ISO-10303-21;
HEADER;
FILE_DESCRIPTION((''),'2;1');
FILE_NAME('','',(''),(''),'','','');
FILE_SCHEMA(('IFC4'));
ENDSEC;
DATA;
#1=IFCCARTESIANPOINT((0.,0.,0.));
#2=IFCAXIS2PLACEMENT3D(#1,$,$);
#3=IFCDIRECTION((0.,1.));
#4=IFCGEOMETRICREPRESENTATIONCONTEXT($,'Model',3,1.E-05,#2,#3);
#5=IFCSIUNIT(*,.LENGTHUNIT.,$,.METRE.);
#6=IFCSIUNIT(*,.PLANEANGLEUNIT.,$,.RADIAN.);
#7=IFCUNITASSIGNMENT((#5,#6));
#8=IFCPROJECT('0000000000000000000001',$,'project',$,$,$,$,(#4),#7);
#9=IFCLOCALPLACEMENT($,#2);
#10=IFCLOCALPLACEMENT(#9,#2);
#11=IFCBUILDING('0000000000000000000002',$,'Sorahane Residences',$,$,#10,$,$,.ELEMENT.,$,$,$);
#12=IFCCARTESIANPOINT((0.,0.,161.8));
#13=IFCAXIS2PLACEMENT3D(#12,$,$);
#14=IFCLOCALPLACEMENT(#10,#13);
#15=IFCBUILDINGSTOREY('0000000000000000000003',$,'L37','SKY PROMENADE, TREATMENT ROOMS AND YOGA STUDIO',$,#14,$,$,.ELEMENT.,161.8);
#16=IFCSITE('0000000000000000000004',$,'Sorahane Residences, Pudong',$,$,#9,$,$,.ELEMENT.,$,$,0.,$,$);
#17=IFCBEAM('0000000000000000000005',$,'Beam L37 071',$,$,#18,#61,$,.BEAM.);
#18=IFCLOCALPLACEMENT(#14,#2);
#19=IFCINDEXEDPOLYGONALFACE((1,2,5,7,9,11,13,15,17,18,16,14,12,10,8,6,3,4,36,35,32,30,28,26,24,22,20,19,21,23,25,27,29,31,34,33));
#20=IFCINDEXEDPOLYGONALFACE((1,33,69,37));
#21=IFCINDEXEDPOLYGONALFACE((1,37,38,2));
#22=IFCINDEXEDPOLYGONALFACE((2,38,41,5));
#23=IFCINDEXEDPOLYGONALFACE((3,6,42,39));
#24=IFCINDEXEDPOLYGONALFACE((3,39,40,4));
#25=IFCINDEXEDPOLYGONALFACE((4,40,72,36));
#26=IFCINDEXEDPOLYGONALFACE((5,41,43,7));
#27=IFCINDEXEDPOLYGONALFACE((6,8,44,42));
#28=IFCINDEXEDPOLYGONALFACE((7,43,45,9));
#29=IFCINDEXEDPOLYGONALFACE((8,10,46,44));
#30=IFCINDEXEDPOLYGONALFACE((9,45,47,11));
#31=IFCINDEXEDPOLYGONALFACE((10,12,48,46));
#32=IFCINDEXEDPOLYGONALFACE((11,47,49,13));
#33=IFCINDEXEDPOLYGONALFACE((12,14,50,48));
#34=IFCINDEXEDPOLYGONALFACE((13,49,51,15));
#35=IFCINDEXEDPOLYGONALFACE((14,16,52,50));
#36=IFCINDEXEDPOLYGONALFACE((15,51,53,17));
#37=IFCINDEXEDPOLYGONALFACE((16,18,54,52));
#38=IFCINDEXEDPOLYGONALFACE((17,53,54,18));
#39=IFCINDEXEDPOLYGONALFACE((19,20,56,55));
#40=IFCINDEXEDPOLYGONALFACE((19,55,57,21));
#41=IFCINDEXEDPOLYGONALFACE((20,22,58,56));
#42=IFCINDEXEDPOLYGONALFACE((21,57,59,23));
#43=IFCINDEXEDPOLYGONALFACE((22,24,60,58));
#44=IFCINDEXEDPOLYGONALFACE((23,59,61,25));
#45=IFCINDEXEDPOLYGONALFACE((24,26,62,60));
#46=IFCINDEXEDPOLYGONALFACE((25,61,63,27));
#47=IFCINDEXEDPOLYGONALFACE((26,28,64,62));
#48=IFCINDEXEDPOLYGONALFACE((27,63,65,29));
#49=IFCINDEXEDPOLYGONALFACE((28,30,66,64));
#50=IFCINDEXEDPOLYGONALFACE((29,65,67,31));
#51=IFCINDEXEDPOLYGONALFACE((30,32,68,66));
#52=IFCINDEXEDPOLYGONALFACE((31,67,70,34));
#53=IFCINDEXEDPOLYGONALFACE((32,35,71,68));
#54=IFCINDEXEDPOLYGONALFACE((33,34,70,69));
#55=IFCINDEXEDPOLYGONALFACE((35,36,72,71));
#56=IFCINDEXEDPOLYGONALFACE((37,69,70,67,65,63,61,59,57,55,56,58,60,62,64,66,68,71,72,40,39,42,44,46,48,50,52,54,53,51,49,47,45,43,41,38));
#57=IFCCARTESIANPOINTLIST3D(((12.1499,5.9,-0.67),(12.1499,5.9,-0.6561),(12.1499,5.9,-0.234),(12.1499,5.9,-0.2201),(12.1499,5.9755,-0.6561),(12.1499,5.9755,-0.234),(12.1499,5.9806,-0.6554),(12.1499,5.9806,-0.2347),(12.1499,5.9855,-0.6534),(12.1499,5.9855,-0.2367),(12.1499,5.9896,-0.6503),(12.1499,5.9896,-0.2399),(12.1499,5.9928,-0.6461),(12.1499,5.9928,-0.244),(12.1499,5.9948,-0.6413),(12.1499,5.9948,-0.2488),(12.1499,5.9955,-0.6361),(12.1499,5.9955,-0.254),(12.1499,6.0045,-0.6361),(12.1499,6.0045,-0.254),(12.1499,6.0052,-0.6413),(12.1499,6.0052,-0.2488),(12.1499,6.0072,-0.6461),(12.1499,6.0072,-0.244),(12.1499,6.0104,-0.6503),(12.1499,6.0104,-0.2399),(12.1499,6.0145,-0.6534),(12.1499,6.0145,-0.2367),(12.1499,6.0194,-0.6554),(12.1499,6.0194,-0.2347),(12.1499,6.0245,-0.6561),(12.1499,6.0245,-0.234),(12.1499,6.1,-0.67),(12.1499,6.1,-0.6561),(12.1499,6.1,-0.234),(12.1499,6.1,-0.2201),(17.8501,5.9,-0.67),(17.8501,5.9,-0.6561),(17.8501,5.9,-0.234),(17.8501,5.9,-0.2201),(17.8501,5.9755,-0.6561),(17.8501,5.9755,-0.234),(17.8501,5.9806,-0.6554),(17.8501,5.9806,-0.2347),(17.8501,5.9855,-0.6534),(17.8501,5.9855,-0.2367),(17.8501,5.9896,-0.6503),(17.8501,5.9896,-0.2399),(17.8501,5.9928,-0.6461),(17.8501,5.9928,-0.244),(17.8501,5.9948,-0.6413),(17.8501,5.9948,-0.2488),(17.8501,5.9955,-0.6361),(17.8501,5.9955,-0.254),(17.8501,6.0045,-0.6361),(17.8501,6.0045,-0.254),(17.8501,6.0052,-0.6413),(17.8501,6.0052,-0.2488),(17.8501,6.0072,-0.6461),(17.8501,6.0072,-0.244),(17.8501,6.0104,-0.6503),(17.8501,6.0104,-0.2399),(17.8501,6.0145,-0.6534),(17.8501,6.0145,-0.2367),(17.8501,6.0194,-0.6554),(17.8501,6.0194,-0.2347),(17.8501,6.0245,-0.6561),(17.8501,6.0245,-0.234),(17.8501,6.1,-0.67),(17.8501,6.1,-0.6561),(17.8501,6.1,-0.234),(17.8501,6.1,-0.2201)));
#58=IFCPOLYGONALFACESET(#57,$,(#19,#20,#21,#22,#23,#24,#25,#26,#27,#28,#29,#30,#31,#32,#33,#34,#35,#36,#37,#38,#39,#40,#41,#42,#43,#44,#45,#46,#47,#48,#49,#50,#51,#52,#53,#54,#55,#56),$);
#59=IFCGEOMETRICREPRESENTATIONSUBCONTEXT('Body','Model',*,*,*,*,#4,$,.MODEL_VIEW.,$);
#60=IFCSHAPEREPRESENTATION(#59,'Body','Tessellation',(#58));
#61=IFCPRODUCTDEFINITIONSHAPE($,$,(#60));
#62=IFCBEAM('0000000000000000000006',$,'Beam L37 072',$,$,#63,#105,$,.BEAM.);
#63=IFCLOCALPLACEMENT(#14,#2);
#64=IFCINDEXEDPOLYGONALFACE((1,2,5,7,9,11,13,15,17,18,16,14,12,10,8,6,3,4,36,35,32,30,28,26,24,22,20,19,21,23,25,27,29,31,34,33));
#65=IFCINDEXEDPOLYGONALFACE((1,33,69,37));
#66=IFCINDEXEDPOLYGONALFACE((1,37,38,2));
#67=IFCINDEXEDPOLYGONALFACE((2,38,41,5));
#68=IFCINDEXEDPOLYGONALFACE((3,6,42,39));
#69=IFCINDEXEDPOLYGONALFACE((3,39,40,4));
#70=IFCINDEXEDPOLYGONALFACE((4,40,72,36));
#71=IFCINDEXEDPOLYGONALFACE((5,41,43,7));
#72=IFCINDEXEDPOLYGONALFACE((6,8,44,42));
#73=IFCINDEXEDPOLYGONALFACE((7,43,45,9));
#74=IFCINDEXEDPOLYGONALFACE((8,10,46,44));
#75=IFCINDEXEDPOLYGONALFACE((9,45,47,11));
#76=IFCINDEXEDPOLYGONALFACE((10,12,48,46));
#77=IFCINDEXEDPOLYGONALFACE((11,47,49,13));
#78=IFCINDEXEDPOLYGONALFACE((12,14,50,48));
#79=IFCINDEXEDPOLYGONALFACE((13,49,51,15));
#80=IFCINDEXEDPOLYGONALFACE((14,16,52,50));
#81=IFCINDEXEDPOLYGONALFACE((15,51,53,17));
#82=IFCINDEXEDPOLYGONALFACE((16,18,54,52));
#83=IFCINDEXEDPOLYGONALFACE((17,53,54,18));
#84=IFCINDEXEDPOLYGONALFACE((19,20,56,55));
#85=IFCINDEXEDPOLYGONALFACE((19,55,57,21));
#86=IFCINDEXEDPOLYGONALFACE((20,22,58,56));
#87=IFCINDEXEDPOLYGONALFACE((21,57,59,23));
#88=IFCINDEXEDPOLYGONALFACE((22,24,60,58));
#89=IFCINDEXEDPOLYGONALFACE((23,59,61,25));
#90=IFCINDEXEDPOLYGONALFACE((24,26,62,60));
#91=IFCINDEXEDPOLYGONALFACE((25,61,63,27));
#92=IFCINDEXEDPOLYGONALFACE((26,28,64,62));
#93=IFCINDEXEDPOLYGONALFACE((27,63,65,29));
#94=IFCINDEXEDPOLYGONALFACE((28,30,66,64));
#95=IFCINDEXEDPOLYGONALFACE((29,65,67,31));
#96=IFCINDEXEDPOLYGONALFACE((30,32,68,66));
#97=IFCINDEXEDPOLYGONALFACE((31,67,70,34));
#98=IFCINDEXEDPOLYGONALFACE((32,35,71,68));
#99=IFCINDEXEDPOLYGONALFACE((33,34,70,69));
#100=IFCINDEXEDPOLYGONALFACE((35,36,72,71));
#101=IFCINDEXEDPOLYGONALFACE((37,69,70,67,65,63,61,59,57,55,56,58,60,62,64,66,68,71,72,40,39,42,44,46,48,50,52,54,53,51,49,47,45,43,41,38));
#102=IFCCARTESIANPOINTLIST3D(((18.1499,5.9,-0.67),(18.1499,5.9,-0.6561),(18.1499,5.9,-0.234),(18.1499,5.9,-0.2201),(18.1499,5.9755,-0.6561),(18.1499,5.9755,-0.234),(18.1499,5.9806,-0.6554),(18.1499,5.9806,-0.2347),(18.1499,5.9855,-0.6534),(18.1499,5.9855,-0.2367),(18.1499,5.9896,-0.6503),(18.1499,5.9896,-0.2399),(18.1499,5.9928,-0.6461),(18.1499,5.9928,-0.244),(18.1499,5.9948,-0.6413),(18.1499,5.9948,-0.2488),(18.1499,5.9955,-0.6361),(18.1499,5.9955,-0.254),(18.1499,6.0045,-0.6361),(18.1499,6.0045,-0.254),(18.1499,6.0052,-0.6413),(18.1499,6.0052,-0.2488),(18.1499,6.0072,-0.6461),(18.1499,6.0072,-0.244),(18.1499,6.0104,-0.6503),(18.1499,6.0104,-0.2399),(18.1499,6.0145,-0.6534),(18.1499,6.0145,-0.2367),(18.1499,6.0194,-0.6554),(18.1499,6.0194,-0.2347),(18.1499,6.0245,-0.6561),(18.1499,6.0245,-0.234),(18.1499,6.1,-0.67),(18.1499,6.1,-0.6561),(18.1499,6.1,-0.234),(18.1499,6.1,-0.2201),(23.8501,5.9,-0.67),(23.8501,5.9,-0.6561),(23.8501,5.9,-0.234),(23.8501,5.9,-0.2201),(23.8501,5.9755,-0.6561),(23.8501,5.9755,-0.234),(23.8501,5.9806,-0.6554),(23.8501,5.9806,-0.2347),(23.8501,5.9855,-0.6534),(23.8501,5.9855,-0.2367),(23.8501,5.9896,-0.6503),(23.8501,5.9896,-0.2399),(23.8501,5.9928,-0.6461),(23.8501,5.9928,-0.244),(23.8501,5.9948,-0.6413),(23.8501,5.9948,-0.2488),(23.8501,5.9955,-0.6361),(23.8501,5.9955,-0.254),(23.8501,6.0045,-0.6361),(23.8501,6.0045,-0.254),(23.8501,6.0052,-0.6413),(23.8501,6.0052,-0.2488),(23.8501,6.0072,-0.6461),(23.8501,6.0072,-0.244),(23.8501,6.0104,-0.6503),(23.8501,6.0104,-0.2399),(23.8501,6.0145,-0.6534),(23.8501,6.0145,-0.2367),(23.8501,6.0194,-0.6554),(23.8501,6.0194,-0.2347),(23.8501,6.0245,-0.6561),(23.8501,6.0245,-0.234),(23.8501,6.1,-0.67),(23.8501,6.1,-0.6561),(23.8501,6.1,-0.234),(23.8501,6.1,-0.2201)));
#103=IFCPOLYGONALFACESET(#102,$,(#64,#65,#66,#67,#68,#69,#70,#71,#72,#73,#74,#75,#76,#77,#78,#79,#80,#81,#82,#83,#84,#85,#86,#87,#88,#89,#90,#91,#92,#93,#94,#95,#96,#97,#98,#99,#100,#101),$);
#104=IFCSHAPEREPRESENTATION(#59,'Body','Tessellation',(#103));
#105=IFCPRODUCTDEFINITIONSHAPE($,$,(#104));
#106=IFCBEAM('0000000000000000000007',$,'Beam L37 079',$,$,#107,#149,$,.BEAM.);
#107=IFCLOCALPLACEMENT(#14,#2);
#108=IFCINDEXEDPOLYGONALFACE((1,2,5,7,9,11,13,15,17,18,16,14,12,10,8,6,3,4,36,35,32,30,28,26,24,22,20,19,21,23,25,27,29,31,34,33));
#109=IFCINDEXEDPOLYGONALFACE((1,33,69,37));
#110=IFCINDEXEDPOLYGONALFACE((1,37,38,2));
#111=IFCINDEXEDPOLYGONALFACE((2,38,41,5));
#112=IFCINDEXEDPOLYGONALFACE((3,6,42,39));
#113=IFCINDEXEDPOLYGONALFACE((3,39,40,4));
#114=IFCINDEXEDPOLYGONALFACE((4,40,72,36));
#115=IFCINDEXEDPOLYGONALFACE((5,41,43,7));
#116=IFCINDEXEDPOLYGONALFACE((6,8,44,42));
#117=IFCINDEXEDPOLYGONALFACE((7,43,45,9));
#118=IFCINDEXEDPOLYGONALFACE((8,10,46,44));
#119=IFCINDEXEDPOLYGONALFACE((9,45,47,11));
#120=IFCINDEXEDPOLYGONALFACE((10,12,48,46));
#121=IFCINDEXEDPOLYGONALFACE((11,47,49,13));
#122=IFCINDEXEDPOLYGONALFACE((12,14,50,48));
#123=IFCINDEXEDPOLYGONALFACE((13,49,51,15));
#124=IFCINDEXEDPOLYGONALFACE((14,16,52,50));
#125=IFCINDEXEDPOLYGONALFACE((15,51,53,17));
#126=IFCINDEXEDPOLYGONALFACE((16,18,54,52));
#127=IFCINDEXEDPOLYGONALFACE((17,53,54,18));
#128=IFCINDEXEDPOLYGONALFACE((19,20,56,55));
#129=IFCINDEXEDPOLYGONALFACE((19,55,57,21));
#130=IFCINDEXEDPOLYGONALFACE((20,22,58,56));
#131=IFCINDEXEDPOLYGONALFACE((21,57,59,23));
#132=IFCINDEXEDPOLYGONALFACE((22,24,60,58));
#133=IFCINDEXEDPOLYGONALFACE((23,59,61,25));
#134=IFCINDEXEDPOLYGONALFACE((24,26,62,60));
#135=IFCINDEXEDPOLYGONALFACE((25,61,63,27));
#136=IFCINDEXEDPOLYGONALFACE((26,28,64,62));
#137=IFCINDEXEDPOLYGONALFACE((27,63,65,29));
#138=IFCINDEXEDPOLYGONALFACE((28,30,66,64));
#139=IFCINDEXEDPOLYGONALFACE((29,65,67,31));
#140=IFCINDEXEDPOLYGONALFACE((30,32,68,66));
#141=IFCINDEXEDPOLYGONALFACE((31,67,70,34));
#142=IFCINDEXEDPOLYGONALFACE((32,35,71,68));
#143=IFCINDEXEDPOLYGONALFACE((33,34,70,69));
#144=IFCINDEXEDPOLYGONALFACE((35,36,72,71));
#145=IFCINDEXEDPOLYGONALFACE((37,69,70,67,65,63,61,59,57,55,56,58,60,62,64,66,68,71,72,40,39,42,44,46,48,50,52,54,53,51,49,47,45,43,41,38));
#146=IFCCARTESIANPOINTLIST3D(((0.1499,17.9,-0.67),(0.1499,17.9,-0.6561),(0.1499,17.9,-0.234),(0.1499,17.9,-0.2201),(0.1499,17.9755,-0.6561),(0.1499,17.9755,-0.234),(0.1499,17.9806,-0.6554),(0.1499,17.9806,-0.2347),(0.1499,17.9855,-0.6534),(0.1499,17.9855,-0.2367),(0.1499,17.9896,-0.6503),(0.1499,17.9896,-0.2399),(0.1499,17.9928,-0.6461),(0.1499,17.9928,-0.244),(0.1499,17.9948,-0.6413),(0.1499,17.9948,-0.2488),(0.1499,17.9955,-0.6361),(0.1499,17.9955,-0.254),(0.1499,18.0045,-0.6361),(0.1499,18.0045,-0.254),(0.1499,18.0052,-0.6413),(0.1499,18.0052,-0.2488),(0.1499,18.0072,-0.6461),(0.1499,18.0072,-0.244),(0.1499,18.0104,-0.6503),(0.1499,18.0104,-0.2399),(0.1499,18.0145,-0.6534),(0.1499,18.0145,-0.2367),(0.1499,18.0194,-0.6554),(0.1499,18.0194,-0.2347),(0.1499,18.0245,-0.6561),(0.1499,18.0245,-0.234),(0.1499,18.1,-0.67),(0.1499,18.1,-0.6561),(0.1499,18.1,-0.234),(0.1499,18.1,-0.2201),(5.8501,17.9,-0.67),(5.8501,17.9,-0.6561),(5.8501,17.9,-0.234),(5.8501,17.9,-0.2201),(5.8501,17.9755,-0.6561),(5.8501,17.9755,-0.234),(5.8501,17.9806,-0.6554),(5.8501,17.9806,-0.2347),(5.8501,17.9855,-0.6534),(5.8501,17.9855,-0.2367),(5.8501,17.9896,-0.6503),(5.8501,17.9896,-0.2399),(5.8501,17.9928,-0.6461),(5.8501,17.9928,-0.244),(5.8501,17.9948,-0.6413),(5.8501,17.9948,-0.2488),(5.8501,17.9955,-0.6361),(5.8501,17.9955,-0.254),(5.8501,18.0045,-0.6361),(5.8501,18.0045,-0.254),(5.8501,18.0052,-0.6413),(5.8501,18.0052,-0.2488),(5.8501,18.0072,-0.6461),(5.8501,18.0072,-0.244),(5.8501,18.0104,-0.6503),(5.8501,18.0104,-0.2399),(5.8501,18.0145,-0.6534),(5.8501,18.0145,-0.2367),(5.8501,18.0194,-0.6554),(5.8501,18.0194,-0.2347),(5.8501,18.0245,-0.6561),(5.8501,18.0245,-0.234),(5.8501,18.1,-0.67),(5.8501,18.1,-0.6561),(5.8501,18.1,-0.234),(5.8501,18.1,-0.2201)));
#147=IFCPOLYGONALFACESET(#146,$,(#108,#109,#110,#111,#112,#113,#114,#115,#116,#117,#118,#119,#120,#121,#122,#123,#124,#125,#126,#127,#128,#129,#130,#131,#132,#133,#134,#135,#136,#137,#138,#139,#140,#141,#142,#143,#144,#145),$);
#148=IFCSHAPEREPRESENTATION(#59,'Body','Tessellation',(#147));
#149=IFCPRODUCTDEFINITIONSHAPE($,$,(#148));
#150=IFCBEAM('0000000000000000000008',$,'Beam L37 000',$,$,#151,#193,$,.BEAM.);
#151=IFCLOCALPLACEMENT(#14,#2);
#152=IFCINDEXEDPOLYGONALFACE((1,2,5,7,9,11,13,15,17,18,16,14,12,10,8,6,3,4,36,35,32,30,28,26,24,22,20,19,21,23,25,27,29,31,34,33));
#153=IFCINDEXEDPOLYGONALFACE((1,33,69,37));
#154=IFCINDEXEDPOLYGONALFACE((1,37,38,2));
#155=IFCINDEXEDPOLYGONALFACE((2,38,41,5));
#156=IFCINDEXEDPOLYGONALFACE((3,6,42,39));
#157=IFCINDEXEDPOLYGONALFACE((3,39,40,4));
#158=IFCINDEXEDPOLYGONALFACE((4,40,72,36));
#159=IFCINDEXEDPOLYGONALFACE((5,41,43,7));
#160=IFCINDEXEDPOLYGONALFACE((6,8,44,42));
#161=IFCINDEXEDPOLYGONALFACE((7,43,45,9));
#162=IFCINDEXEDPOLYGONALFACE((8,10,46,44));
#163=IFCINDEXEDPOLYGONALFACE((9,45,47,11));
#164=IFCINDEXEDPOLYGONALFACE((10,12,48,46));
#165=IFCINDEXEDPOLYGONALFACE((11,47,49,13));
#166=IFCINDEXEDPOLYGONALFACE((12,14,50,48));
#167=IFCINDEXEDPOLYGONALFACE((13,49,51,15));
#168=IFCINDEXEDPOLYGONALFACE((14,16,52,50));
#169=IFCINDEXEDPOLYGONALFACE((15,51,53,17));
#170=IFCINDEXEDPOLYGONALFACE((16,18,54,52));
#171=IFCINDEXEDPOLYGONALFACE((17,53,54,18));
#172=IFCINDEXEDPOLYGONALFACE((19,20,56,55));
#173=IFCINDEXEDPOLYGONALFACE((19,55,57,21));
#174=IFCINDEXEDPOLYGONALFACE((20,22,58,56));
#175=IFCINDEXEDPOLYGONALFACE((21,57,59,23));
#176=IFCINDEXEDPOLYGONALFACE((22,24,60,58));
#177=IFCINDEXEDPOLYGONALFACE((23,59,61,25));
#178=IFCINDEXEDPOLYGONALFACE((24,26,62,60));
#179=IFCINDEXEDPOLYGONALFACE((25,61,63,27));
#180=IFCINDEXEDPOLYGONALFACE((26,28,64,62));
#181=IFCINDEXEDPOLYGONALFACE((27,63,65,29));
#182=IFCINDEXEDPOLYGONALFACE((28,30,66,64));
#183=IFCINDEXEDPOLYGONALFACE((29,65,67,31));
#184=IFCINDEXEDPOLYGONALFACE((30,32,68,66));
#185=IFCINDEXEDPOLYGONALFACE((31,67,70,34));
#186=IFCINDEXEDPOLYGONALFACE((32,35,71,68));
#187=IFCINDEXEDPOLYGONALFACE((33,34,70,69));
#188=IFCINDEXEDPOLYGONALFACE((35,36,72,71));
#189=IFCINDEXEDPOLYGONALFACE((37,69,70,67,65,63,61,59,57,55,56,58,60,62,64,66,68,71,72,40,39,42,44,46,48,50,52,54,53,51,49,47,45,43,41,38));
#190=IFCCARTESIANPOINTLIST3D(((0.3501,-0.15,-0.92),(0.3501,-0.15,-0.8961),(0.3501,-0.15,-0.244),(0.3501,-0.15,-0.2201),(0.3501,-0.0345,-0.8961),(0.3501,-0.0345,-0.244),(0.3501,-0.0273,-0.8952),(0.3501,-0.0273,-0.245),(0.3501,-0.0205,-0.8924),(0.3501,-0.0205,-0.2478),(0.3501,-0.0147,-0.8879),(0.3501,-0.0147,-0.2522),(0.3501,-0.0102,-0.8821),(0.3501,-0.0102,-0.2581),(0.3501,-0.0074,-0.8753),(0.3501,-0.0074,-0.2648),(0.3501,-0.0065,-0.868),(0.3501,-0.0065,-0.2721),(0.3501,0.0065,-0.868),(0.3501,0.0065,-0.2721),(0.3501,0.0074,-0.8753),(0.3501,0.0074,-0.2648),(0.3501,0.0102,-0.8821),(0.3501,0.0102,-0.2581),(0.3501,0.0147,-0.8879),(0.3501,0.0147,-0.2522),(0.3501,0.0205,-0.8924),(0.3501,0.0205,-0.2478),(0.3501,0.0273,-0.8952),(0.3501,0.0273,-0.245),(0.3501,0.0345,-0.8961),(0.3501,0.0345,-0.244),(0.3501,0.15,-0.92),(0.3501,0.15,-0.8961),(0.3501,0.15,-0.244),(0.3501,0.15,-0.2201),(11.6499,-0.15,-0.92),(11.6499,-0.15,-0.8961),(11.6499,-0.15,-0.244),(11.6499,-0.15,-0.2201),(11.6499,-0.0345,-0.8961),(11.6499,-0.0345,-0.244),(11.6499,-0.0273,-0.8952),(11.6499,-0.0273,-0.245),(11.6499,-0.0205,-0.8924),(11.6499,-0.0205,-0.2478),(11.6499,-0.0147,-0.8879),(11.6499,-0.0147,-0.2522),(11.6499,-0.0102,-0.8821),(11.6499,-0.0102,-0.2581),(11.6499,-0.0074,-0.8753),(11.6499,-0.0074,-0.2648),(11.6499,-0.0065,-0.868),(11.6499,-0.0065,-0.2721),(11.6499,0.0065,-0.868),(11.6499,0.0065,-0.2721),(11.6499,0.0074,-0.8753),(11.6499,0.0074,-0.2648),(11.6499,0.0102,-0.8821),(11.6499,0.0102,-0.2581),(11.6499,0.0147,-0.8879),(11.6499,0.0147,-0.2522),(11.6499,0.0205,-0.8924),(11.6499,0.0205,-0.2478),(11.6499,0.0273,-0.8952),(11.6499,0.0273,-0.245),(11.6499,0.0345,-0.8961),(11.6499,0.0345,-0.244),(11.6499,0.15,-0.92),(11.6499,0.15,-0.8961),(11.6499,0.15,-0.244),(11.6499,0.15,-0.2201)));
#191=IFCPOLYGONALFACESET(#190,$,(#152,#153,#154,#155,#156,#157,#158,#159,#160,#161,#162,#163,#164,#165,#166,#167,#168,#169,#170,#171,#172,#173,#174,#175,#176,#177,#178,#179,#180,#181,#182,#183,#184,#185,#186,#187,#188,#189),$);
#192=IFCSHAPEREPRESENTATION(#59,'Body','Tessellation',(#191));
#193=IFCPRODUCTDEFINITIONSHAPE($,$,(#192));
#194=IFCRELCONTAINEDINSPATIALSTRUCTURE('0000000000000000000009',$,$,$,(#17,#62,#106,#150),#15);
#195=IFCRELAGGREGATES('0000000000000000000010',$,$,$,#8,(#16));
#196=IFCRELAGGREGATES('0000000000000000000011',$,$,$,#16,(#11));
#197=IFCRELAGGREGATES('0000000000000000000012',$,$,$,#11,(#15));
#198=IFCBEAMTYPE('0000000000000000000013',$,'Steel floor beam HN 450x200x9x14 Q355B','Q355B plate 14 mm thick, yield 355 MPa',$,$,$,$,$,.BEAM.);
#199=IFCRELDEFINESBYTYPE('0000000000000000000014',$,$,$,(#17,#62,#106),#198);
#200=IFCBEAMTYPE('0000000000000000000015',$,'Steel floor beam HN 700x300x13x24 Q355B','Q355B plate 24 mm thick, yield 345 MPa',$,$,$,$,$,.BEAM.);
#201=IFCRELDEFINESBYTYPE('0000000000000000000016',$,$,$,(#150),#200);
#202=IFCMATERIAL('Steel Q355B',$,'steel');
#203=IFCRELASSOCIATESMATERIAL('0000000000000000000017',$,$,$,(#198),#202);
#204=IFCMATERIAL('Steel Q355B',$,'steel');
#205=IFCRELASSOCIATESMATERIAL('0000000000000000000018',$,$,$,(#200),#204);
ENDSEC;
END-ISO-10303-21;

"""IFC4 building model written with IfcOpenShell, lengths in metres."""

from ifc_helpers import new_model, si_unit, direction, frame, origin, origin_2d, place, context, subcontext, project, spatial, i_section, extrude, material, material_profile, profile_set, type_object, element, save


model = new_model("IFC4")

# Units and contexts
model_context = context("Model", 3, precision=1e-05, world=origin(), true_north=direction((0.0, 1.0)))
body_context = subcontext(model_context, "Body", "Model", "MODEL_VIEW")
ifc_project = project(units=[si_unit("LENGTHUNIT", "METRE"), si_unit("PLANEANGLEUNIT", "RADIAN")], contexts=[model_context])

# Site, building, storey
site_placement = place(None, origin())
site = spatial("IfcSite", under=ifc_project, at=site_placement, Name="Sorahane Residences, Pudong", CompositionType="ELEMENT", RefElevation=0.0)
building_placement = place(site_placement, origin())
building = spatial("IfcBuilding", under=site, at=building_placement, Name="Sorahane Residences", CompositionType="ELEMENT")
storey_placement = place(building_placement, frame((0.0, 0.0, 161.8)))
storey = spatial("IfcBuildingStorey", under=building, at=storey_placement, Name="L37", Description="SKY PROMENADE, TREATMENT ROOMS AND YOGA STUDIO", CompositionType="ELEMENT", Elevation=161.8)

# Beams
ifc_material_1 = material(Name="Steel Q355B", Category="steel")
ifc_material_profile_1 = material_profile(ifc_material_1, i_section(OverallWidth=0.2, OverallDepth=0.45, WebThickness=0.009, FlangeThickness=0.0139, FilletRadius=0.02, at=origin_2d()), Name="HN 450x200x9x14")
ifc_profile_set_1 = profile_set([ifc_material_profile_1], Name="Steel Q355B")
beam_type_1 = type_object("IfcBeamType", Name="Steel floor beam HN 450x200x9x14 Q355B", Description="Q355B plate 14 mm thick, yield 355 MPa", PredefinedType="BEAM", material=ifc_profile_set_1)
for number, where, z_axis, x_axis, name in (
    (1, (12.1499, 6.0, -0.4451), (1.0, 0.0, 0.0), (0.0, 1.0, 0.0), "Beam L37 071"),
    (2, (18.1499, 6.0, -0.4451), (1.0, 0.0, 0.0), (0.0, 1.0, 0.0), "Beam L37 072"),
    (3, (0.1499, 18.0, -0.4451), (1.0, 0.0, 0.0), (0.0, 1.0, 0.0), "Beam L37 079"),
):
    element("IfcBeam", number, at=place(storey_placement, frame(where, z_axis=z_axis, x_axis=x_axis)), inside=storey, type_object=beam_type_1, Name=name, PredefinedType="BEAM", context=body_context, shape_type="SweptSolid", body=[
        extrude(i_section(OverallWidth=0.2, OverallDepth=0.45, WebThickness=0.009, FlangeThickness=0.0139, FilletRadius=0.02, at=origin_2d()), origin(), (0.0, 0.0, 1.0), 5.7002),
    ])
ifc_material_2 = material(Name="Steel Q355B", Category="steel")
ifc_material_profile_2 = material_profile(ifc_material_2, i_section(OverallWidth=0.3, OverallDepth=0.7, WebThickness=0.0129, FlangeThickness=0.0239, FilletRadius=0.0281, at=origin_2d()), Name="HN 700x300x13x24")
ifc_profile_set_2 = profile_set([ifc_material_profile_2], Name="Steel Q355B")
beam_type_2 = type_object("IfcBeamType", Name="Steel floor beam HN 700x300x13x24 Q355B", Description="Q355B plate 24 mm thick, yield 345 MPa", PredefinedType="BEAM", material=ifc_profile_set_2)
for number, where, z_axis, x_axis, name in (
    (4, (0.3501, 0.0, -0.5701), (1.0, 0.0, 0.0), (0.0, 1.0, 0.0), "Beam L37 000"),
):
    element("IfcBeam", number, at=place(storey_placement, frame(where, z_axis=z_axis, x_axis=x_axis)), inside=storey, type_object=beam_type_2, Name=name, PredefinedType="BEAM", context=body_context, shape_type="SweptSolid", body=[
        extrude(i_section(OverallWidth=0.3, OverallDepth=0.7, WebThickness=0.0129, FlangeThickness=0.0239, FilletRadius=0.0281, at=origin_2d()), origin(), (0.0, 0.0, 1.0), 11.2998),
    ])

save(model, "model.ifc")
